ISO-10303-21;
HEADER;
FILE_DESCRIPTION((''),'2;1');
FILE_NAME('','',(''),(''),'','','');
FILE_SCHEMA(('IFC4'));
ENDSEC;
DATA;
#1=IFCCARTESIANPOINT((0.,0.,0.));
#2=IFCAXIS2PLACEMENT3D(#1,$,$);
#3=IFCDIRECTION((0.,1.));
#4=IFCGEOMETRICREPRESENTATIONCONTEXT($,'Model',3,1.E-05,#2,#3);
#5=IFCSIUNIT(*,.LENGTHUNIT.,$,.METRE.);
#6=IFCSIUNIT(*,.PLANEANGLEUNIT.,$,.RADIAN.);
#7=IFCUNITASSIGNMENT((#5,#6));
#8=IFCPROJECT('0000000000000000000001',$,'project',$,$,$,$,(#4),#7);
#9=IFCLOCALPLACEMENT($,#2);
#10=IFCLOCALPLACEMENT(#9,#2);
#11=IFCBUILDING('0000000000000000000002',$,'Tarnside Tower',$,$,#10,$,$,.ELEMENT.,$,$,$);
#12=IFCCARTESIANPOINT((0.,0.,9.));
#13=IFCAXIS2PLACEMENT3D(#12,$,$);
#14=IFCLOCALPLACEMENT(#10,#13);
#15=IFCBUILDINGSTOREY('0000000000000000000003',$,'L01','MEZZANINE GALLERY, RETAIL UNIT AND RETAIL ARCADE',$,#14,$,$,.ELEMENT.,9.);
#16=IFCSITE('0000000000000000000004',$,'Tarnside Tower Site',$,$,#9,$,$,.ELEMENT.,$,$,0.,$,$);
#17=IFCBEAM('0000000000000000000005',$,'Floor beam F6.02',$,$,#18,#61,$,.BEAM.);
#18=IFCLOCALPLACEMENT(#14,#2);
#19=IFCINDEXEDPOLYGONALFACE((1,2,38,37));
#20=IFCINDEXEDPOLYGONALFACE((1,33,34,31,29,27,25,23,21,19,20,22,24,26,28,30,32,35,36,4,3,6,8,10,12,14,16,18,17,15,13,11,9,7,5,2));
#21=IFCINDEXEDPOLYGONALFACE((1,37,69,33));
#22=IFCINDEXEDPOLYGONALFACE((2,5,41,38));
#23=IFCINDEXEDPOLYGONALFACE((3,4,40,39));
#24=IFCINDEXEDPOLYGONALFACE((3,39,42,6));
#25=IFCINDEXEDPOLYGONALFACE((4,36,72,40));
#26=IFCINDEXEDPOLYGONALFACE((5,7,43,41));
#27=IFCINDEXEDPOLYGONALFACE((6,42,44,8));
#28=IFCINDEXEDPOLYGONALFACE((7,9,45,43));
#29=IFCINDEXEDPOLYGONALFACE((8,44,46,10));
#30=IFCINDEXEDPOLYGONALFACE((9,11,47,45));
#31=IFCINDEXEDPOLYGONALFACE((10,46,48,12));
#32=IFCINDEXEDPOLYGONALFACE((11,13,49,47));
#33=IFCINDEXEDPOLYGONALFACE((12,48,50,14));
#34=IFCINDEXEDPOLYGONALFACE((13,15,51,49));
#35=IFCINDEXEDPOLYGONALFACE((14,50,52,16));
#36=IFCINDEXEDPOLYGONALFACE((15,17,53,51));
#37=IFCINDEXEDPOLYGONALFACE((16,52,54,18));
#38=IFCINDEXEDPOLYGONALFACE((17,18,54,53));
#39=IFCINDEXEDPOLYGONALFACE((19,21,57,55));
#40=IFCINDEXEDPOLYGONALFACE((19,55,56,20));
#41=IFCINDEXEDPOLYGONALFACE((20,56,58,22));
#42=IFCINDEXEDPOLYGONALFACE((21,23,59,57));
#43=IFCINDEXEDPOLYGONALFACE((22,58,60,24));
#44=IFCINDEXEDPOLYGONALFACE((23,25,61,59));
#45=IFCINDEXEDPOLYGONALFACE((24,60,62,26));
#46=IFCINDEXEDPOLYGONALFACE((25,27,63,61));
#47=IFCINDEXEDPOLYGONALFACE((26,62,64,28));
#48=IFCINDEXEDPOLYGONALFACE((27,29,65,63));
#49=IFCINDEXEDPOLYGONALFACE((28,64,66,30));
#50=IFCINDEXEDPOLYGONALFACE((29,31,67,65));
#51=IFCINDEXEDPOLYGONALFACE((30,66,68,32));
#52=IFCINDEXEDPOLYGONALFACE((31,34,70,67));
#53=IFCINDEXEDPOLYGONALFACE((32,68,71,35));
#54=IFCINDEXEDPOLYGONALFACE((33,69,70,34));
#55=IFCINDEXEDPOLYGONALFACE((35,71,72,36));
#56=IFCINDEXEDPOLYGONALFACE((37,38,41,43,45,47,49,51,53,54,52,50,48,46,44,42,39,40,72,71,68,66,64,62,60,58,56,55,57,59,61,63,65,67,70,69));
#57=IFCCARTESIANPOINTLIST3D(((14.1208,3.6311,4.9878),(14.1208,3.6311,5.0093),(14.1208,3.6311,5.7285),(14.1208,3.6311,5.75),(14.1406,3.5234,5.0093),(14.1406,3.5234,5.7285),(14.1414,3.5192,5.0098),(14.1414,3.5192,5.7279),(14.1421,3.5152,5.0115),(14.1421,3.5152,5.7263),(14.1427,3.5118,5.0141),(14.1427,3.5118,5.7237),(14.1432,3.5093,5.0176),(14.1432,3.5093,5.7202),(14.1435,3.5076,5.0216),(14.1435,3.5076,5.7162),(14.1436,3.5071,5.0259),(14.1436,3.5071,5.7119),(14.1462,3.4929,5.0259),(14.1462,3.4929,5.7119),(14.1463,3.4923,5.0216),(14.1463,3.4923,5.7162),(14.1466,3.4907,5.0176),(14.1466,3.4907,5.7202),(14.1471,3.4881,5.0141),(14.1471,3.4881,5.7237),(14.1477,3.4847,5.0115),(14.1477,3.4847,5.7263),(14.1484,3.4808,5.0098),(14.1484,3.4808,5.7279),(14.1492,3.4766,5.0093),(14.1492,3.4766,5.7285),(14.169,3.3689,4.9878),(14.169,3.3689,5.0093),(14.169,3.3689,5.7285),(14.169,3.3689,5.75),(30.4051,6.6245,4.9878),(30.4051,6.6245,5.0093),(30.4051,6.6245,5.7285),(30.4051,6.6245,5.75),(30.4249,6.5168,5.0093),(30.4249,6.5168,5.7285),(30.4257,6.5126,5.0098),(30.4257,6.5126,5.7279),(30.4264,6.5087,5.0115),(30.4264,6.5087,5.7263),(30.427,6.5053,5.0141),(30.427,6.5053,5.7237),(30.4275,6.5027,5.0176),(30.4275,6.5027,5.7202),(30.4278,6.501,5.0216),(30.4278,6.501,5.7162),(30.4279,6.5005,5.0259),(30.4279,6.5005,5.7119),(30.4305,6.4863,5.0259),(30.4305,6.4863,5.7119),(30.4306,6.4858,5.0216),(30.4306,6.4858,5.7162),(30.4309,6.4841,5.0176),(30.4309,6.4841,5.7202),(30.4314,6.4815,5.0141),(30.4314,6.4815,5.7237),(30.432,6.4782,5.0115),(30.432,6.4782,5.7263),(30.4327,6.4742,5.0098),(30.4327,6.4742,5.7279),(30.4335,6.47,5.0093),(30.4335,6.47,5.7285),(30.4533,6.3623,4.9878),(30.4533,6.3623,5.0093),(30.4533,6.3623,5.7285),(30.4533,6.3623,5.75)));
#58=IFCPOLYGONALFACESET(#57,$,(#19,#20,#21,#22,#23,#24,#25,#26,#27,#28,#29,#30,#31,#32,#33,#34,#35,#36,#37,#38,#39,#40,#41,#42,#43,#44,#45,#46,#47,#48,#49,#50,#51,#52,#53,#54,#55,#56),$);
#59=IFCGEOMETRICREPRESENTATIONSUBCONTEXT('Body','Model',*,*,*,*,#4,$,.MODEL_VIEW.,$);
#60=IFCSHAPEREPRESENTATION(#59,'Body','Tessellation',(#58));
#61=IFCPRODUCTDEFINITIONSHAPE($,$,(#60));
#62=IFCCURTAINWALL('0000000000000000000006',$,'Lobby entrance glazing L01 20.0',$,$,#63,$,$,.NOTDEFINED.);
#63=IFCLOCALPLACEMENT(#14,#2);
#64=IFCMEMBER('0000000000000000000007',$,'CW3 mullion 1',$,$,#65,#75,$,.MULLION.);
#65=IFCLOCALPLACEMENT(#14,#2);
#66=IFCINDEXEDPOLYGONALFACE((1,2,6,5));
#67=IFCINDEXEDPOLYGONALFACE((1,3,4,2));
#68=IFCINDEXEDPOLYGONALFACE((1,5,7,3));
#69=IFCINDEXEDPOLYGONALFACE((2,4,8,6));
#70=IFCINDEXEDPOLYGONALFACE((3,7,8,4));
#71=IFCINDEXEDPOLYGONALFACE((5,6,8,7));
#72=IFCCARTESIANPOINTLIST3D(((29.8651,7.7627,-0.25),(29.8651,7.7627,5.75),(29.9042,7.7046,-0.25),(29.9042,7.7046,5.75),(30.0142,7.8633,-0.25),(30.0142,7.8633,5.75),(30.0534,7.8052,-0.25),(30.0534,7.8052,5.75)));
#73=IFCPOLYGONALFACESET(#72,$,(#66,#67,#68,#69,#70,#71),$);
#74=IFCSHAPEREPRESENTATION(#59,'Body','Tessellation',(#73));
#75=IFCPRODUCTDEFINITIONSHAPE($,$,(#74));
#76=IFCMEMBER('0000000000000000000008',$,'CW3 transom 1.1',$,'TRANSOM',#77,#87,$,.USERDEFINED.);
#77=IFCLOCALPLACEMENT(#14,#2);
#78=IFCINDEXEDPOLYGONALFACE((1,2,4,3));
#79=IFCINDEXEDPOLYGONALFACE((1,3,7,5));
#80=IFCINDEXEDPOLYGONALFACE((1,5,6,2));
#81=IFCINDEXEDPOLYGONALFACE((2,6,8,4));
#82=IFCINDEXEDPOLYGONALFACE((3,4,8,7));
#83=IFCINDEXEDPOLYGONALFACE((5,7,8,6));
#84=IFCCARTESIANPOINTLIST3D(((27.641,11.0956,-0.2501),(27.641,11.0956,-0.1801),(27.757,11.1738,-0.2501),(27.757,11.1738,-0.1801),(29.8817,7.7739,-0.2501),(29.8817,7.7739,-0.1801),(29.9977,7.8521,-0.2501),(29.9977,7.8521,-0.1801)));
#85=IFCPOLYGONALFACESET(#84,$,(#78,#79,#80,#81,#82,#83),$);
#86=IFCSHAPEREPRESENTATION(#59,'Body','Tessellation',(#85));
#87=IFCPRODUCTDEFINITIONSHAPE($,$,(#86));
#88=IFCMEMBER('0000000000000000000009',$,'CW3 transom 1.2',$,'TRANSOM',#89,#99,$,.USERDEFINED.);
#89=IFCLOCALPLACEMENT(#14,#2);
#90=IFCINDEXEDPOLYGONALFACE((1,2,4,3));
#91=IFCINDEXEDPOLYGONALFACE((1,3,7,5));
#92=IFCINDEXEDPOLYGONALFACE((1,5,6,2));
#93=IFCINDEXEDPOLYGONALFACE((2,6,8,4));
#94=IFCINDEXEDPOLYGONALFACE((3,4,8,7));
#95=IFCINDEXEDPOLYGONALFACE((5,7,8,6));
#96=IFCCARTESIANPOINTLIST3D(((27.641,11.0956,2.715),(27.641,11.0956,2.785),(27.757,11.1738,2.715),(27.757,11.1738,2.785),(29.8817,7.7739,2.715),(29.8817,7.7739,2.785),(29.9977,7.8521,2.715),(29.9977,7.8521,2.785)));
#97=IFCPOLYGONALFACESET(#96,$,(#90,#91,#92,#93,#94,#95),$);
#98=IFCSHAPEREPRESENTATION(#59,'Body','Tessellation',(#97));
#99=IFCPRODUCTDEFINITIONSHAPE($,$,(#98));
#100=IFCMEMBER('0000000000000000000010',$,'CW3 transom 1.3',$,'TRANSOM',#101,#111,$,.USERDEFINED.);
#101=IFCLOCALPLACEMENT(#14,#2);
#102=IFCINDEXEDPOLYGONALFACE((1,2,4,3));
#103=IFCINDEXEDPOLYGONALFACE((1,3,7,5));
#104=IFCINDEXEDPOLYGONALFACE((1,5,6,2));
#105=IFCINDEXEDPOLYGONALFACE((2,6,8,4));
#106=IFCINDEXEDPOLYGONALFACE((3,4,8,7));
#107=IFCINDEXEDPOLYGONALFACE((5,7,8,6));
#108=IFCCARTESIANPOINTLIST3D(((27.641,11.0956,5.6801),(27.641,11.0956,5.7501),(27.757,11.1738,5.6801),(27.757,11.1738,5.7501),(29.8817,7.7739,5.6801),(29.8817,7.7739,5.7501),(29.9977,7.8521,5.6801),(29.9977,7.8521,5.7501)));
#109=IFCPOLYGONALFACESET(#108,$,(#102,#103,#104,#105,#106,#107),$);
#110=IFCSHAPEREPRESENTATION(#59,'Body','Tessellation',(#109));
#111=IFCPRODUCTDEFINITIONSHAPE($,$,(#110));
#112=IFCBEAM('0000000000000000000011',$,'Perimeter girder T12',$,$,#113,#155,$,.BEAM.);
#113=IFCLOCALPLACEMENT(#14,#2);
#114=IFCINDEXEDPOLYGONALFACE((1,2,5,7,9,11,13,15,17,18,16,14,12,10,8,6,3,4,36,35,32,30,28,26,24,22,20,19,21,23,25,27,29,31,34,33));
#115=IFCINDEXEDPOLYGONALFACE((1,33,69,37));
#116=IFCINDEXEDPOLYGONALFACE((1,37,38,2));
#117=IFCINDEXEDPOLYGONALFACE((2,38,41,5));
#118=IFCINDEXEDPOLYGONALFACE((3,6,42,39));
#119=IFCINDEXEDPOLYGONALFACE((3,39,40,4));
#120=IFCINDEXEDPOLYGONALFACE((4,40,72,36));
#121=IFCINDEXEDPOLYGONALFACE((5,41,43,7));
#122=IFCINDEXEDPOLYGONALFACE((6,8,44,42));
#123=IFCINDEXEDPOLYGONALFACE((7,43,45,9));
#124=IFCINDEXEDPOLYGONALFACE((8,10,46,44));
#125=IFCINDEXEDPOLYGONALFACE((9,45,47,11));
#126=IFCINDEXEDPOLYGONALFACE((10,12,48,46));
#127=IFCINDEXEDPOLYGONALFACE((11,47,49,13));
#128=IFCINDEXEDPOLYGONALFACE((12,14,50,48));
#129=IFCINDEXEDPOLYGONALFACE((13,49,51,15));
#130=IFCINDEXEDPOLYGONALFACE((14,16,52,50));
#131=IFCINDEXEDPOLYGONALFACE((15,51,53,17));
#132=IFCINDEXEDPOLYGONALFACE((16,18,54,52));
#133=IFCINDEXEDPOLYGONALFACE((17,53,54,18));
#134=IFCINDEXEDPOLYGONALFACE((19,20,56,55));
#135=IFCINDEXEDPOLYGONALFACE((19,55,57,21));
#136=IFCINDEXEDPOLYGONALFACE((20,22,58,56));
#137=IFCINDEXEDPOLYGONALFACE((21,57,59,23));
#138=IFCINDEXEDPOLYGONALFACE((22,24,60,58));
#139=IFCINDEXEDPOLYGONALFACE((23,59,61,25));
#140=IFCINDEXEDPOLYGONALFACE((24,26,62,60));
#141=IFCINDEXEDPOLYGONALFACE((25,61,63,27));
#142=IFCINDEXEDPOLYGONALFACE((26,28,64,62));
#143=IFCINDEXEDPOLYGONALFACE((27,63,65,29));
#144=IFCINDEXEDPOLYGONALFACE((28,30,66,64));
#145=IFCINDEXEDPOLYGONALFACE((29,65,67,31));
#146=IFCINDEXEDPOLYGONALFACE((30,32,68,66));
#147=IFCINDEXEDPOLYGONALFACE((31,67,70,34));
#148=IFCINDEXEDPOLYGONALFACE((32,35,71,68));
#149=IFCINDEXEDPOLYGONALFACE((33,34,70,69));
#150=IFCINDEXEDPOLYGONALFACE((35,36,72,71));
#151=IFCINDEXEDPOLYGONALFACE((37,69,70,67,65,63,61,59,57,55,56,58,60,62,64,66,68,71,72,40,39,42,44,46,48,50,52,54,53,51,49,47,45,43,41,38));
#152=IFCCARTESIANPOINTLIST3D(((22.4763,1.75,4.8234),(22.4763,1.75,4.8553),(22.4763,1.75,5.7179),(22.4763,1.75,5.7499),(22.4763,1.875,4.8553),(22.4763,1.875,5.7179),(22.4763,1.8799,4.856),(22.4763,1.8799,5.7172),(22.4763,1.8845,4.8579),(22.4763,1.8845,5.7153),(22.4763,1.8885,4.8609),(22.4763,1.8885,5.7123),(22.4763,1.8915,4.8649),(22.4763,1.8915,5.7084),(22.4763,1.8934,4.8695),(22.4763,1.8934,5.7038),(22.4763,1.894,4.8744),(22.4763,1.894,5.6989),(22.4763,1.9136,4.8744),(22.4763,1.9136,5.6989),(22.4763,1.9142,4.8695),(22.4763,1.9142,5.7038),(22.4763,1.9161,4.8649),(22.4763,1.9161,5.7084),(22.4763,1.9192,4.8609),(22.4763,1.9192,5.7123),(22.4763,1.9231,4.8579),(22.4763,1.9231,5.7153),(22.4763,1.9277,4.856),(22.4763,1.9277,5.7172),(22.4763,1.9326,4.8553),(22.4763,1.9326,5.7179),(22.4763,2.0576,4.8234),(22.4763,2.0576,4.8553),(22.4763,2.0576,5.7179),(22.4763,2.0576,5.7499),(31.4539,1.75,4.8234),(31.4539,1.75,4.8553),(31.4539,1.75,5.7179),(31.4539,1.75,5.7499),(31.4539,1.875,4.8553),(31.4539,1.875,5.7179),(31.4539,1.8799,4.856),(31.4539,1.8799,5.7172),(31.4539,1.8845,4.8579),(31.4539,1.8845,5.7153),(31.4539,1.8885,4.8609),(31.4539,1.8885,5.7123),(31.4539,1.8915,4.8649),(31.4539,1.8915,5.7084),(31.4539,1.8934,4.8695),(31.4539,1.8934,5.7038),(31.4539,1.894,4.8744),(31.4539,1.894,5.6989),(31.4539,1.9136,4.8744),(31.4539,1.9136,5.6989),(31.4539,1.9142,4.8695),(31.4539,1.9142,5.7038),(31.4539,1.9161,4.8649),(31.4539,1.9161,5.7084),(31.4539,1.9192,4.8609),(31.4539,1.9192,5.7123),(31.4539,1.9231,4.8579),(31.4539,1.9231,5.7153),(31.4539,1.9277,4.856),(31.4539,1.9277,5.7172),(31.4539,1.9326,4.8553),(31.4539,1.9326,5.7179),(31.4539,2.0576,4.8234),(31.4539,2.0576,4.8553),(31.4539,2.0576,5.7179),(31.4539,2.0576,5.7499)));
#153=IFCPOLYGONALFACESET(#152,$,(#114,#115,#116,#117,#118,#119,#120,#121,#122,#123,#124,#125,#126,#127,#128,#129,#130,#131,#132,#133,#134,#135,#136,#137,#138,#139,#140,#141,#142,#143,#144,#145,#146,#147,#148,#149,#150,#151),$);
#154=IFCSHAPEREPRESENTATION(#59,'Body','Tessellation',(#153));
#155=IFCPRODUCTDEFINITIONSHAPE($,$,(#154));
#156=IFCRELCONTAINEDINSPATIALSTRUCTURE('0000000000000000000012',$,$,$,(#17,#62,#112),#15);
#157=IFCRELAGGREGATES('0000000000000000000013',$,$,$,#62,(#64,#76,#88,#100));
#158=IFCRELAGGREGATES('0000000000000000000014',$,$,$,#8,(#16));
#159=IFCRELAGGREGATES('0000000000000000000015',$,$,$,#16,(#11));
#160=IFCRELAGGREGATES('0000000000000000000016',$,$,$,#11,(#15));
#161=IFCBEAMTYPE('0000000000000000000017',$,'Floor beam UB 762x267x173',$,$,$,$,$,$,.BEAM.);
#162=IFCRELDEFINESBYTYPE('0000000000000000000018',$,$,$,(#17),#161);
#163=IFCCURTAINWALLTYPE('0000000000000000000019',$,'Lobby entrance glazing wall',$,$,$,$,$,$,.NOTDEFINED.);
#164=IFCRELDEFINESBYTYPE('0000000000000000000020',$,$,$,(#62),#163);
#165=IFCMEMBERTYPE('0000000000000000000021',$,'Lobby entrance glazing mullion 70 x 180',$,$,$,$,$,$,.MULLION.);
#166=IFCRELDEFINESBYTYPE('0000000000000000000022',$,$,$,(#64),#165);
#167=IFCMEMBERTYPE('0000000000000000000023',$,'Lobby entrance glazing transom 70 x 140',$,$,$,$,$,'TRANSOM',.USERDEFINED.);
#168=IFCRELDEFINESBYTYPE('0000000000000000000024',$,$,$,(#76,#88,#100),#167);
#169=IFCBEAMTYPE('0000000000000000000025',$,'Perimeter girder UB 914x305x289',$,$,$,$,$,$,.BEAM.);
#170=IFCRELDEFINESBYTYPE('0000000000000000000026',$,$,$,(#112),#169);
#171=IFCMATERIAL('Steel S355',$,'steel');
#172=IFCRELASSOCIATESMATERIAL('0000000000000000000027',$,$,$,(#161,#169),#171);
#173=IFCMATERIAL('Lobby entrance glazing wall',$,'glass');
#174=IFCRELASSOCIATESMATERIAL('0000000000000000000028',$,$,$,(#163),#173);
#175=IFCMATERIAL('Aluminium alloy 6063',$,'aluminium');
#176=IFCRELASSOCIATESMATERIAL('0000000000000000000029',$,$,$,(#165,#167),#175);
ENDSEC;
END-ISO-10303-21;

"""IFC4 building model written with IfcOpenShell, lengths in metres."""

from ifc_helpers import new_model, si_unit, direction, frame, origin, origin_2d, place, context, subcontext, project, spatial, rectangle, i_section, extrude, material, material_profile, profile_set, type_object, element, aggregate, save


model = new_model("IFC4")

# Units and contexts
model_context = context("Model", 3, precision=1e-05, world=origin(), true_north=direction((0.0, 1.0)))
body_context = subcontext(model_context, "Body", "Model", "MODEL_VIEW")
ifc_project = project(units=[si_unit("LENGTHUNIT", "METRE"), si_unit("PLANEANGLEUNIT", "RADIAN")], contexts=[model_context])

# Site, building, storey
site_placement = place(None, origin())
site = spatial("IfcSite", under=ifc_project, at=site_placement, Name="Tarnside Tower Site", CompositionType="ELEMENT", RefElevation=0.0)
building_placement = place(site_placement, origin())
building = spatial("IfcBuilding", under=site, at=building_placement, Name="Tarnside Tower", CompositionType="ELEMENT")
storey_placement = place(building_placement, frame((0.0, 0.0, 9.0)))
storey = spatial("IfcBuildingStorey", under=building, at=storey_placement, Name="L01", Description="MEZZANINE GALLERY, RETAIL UNIT AND RETAIL ARCADE", CompositionType="ELEMENT", Elevation=9.0)

# Beam
ifc_material_1 = material(Name="Steel S355", Category="steel")
ifc_material_profile_1 = material_profile(ifc_material_1, i_section(OverallWidth=0.2666, OverallDepth=0.7622, WebThickness=0.0144, FlangeThickness=0.0215, FilletRadius=0.0166, at=origin_2d()), Name="UB 762x267x173")
ifc_profile_set_1 = profile_set([ifc_material_profile_1], Name="Steel S355")
beam_type_1 = type_object("IfcBeamType", Name="Floor beam UB 762x267x173", PredefinedType="BEAM", material=ifc_profile_set_1)
beam_1_placement = place(storey_placement, frame((30.4292, 6.4934, 5.3689), z_axis=(-0.983521, -0.180794, 0.0), x_axis=(0.180794, -0.983521, 0.0)))
element("IfcBeam", 1, at=beam_1_placement, inside=storey, type_object=beam_type_1, Name="Floor beam F6.02", PredefinedType="BEAM", context=body_context, shape_type="SweptSolid", body=[
    extrude(i_section(OverallWidth=0.2666, OverallDepth=0.7622, WebThickness=0.0144, FlangeThickness=0.0215, FilletRadius=0.0166, at=origin_2d()), origin(), (0.0, 0.0, 1.0), 16.5571),
])

# Curtain wall, members
ifc_material_2 = material(Name="Lobby entrance glazing wall", Category="glass")
curtain_wall_type_1 = type_object("IfcCurtainWallType", Name="Lobby entrance glazing wall", PredefinedType="NOTDEFINED", material=ifc_material_2)
curtain_wall_1_placement = place(storey_placement, origin())
curtain_wall_1 = element("IfcCurtainWall", 2, at=curtain_wall_1_placement, inside=storey, type_object=curtain_wall_type_1, Name="Lobby entrance glazing L01 20.0", PredefinedType="NOTDEFINED")
ifc_material_3 = material(Name="Aluminium alloy 6063", Category="aluminium")
ifc_material_profile_2 = material_profile(ifc_material_3, rectangle(XDim=0.1799, YDim=0.0701, at=origin_2d()), Name="Lobby entrance glazing mullion 70 x 180")
ifc_profile_set_2 = profile_set([ifc_material_profile_2], Name="Aluminium alloy 6063")
member_type_1 = type_object("IfcMemberType", Name="Lobby entrance glazing mullion 70 x 180", PredefinedType="MULLION", material=ifc_profile_set_2)
member_1_placement = place(storey_placement, frame((29.9592, 7.7839, -0.25), z_axis=(0.0, 0.0, 1.0), x_axis=(-0.829038, -0.559193, 0.0)))
member_1 = element("IfcMember", 3, at=member_1_placement, type_object=member_type_1, Name="CW3 mullion 1", PredefinedType="MULLION", context=body_context, shape_type="SweptSolid", body=[
    extrude(rectangle(XDim=0.1799, YDim=0.0701, at=origin_2d()), origin(), (0.0, 0.0, 1.0), 6.0),
])
ifc_material_profile_3 = material_profile(ifc_material_3, rectangle(XDim=0.1399, YDim=0.0701, at=origin_2d()), Name="Lobby entrance glazing transom 70 x 140")
ifc_profile_set_3 = profile_set([ifc_material_profile_3], Name="Aluminium alloy 6063")
member_type_2 = type_object("IfcMemberType", Name="Lobby entrance glazing transom 70 x 140", ElementType="TRANSOM", PredefinedType="USERDEFINED", material=ifc_profile_set_3)
member_2_placement = place(storey_placement, frame((29.9397, 7.813, -0.2151), z_axis=(-0.55922, 0.82902, 0.0), x_axis=(-0.82902, -0.55922, 0.0)))
member_2 = element("IfcMember", 4, at=member_2_placement, type_object=member_type_2, Name="CW3 transom 1.1", ObjectType="TRANSOM", PredefinedType="USERDEFINED", context=body_context, shape_type="SweptSolid", body=[
    extrude(rectangle(XDim=0.1399, YDim=0.0701, at=origin_2d()), origin(), (0.0, 0.0, 1.0), 4.0068),
])
member_3_placement = place(storey_placement, frame((29.9397, 7.813, 2.75), z_axis=(-0.55922, 0.82902, 0.0), x_axis=(-0.82902, -0.55922, 0.0)))
member_3 = element("IfcMember", 5, at=member_3_placement, type_object=member_type_2, Name="CW3 transom 1.2", ObjectType="TRANSOM", PredefinedType="USERDEFINED", context=body_context, shape_type="SweptSolid", body=[
    extrude(rectangle(XDim=0.1399, YDim=0.0701, at=origin_2d()), origin(), (0.0, 0.0, 1.0), 4.0068),
])
member_4_placement = place(storey_placement, frame((29.9397, 7.813, 5.7151), z_axis=(-0.55922, 0.82902, 0.0), x_axis=(-0.82902, -0.55922, 0.0)))
member_4 = element("IfcMember", 6, at=member_4_placement, type_object=member_type_2, Name="CW3 transom 1.3", ObjectType="TRANSOM", PredefinedType="USERDEFINED", context=body_context, shape_type="SweptSolid", body=[
    extrude(rectangle(XDim=0.1399, YDim=0.0701, at=origin_2d()), origin(), (0.0, 0.0, 1.0), 4.0068),
])

# Beam
ifc_material_profile_4 = material_profile(ifc_material_1, i_section(OverallWidth=0.3076, OverallDepth=0.9265, WebThickness=0.0195, FlangeThickness=0.032, FilletRadius=0.019, at=origin_2d()), Name="UB 914x305x289")
ifc_profile_set_4 = profile_set([ifc_material_profile_4], Name="Steel S355")
beam_type_2 = type_object("IfcBeamType", Name="Perimeter girder UB 914x305x289", PredefinedType="BEAM", material=ifc_profile_set_4)
beam_2_placement = place(storey_placement, frame((22.4763, 1.9038, 5.2866), z_axis=(1.0, 0.0, 0.0), x_axis=(0.0, 1.0, 0.0)))
element("IfcBeam", 7, at=beam_2_placement, inside=storey, type_object=beam_type_2, Name="Perimeter girder T12", PredefinedType="BEAM", context=body_context, shape_type="SweptSolid", body=[
    extrude(i_section(OverallWidth=0.3076, OverallDepth=0.9265, WebThickness=0.0195, FlangeThickness=0.032, FilletRadius=0.019, at=origin_2d()), origin(), (0.0, 0.0, 1.0), 8.9775),
])

aggregate(curtain_wall_1, [member_1, member_2, member_3, member_4])

save(model, "model.ifc")
